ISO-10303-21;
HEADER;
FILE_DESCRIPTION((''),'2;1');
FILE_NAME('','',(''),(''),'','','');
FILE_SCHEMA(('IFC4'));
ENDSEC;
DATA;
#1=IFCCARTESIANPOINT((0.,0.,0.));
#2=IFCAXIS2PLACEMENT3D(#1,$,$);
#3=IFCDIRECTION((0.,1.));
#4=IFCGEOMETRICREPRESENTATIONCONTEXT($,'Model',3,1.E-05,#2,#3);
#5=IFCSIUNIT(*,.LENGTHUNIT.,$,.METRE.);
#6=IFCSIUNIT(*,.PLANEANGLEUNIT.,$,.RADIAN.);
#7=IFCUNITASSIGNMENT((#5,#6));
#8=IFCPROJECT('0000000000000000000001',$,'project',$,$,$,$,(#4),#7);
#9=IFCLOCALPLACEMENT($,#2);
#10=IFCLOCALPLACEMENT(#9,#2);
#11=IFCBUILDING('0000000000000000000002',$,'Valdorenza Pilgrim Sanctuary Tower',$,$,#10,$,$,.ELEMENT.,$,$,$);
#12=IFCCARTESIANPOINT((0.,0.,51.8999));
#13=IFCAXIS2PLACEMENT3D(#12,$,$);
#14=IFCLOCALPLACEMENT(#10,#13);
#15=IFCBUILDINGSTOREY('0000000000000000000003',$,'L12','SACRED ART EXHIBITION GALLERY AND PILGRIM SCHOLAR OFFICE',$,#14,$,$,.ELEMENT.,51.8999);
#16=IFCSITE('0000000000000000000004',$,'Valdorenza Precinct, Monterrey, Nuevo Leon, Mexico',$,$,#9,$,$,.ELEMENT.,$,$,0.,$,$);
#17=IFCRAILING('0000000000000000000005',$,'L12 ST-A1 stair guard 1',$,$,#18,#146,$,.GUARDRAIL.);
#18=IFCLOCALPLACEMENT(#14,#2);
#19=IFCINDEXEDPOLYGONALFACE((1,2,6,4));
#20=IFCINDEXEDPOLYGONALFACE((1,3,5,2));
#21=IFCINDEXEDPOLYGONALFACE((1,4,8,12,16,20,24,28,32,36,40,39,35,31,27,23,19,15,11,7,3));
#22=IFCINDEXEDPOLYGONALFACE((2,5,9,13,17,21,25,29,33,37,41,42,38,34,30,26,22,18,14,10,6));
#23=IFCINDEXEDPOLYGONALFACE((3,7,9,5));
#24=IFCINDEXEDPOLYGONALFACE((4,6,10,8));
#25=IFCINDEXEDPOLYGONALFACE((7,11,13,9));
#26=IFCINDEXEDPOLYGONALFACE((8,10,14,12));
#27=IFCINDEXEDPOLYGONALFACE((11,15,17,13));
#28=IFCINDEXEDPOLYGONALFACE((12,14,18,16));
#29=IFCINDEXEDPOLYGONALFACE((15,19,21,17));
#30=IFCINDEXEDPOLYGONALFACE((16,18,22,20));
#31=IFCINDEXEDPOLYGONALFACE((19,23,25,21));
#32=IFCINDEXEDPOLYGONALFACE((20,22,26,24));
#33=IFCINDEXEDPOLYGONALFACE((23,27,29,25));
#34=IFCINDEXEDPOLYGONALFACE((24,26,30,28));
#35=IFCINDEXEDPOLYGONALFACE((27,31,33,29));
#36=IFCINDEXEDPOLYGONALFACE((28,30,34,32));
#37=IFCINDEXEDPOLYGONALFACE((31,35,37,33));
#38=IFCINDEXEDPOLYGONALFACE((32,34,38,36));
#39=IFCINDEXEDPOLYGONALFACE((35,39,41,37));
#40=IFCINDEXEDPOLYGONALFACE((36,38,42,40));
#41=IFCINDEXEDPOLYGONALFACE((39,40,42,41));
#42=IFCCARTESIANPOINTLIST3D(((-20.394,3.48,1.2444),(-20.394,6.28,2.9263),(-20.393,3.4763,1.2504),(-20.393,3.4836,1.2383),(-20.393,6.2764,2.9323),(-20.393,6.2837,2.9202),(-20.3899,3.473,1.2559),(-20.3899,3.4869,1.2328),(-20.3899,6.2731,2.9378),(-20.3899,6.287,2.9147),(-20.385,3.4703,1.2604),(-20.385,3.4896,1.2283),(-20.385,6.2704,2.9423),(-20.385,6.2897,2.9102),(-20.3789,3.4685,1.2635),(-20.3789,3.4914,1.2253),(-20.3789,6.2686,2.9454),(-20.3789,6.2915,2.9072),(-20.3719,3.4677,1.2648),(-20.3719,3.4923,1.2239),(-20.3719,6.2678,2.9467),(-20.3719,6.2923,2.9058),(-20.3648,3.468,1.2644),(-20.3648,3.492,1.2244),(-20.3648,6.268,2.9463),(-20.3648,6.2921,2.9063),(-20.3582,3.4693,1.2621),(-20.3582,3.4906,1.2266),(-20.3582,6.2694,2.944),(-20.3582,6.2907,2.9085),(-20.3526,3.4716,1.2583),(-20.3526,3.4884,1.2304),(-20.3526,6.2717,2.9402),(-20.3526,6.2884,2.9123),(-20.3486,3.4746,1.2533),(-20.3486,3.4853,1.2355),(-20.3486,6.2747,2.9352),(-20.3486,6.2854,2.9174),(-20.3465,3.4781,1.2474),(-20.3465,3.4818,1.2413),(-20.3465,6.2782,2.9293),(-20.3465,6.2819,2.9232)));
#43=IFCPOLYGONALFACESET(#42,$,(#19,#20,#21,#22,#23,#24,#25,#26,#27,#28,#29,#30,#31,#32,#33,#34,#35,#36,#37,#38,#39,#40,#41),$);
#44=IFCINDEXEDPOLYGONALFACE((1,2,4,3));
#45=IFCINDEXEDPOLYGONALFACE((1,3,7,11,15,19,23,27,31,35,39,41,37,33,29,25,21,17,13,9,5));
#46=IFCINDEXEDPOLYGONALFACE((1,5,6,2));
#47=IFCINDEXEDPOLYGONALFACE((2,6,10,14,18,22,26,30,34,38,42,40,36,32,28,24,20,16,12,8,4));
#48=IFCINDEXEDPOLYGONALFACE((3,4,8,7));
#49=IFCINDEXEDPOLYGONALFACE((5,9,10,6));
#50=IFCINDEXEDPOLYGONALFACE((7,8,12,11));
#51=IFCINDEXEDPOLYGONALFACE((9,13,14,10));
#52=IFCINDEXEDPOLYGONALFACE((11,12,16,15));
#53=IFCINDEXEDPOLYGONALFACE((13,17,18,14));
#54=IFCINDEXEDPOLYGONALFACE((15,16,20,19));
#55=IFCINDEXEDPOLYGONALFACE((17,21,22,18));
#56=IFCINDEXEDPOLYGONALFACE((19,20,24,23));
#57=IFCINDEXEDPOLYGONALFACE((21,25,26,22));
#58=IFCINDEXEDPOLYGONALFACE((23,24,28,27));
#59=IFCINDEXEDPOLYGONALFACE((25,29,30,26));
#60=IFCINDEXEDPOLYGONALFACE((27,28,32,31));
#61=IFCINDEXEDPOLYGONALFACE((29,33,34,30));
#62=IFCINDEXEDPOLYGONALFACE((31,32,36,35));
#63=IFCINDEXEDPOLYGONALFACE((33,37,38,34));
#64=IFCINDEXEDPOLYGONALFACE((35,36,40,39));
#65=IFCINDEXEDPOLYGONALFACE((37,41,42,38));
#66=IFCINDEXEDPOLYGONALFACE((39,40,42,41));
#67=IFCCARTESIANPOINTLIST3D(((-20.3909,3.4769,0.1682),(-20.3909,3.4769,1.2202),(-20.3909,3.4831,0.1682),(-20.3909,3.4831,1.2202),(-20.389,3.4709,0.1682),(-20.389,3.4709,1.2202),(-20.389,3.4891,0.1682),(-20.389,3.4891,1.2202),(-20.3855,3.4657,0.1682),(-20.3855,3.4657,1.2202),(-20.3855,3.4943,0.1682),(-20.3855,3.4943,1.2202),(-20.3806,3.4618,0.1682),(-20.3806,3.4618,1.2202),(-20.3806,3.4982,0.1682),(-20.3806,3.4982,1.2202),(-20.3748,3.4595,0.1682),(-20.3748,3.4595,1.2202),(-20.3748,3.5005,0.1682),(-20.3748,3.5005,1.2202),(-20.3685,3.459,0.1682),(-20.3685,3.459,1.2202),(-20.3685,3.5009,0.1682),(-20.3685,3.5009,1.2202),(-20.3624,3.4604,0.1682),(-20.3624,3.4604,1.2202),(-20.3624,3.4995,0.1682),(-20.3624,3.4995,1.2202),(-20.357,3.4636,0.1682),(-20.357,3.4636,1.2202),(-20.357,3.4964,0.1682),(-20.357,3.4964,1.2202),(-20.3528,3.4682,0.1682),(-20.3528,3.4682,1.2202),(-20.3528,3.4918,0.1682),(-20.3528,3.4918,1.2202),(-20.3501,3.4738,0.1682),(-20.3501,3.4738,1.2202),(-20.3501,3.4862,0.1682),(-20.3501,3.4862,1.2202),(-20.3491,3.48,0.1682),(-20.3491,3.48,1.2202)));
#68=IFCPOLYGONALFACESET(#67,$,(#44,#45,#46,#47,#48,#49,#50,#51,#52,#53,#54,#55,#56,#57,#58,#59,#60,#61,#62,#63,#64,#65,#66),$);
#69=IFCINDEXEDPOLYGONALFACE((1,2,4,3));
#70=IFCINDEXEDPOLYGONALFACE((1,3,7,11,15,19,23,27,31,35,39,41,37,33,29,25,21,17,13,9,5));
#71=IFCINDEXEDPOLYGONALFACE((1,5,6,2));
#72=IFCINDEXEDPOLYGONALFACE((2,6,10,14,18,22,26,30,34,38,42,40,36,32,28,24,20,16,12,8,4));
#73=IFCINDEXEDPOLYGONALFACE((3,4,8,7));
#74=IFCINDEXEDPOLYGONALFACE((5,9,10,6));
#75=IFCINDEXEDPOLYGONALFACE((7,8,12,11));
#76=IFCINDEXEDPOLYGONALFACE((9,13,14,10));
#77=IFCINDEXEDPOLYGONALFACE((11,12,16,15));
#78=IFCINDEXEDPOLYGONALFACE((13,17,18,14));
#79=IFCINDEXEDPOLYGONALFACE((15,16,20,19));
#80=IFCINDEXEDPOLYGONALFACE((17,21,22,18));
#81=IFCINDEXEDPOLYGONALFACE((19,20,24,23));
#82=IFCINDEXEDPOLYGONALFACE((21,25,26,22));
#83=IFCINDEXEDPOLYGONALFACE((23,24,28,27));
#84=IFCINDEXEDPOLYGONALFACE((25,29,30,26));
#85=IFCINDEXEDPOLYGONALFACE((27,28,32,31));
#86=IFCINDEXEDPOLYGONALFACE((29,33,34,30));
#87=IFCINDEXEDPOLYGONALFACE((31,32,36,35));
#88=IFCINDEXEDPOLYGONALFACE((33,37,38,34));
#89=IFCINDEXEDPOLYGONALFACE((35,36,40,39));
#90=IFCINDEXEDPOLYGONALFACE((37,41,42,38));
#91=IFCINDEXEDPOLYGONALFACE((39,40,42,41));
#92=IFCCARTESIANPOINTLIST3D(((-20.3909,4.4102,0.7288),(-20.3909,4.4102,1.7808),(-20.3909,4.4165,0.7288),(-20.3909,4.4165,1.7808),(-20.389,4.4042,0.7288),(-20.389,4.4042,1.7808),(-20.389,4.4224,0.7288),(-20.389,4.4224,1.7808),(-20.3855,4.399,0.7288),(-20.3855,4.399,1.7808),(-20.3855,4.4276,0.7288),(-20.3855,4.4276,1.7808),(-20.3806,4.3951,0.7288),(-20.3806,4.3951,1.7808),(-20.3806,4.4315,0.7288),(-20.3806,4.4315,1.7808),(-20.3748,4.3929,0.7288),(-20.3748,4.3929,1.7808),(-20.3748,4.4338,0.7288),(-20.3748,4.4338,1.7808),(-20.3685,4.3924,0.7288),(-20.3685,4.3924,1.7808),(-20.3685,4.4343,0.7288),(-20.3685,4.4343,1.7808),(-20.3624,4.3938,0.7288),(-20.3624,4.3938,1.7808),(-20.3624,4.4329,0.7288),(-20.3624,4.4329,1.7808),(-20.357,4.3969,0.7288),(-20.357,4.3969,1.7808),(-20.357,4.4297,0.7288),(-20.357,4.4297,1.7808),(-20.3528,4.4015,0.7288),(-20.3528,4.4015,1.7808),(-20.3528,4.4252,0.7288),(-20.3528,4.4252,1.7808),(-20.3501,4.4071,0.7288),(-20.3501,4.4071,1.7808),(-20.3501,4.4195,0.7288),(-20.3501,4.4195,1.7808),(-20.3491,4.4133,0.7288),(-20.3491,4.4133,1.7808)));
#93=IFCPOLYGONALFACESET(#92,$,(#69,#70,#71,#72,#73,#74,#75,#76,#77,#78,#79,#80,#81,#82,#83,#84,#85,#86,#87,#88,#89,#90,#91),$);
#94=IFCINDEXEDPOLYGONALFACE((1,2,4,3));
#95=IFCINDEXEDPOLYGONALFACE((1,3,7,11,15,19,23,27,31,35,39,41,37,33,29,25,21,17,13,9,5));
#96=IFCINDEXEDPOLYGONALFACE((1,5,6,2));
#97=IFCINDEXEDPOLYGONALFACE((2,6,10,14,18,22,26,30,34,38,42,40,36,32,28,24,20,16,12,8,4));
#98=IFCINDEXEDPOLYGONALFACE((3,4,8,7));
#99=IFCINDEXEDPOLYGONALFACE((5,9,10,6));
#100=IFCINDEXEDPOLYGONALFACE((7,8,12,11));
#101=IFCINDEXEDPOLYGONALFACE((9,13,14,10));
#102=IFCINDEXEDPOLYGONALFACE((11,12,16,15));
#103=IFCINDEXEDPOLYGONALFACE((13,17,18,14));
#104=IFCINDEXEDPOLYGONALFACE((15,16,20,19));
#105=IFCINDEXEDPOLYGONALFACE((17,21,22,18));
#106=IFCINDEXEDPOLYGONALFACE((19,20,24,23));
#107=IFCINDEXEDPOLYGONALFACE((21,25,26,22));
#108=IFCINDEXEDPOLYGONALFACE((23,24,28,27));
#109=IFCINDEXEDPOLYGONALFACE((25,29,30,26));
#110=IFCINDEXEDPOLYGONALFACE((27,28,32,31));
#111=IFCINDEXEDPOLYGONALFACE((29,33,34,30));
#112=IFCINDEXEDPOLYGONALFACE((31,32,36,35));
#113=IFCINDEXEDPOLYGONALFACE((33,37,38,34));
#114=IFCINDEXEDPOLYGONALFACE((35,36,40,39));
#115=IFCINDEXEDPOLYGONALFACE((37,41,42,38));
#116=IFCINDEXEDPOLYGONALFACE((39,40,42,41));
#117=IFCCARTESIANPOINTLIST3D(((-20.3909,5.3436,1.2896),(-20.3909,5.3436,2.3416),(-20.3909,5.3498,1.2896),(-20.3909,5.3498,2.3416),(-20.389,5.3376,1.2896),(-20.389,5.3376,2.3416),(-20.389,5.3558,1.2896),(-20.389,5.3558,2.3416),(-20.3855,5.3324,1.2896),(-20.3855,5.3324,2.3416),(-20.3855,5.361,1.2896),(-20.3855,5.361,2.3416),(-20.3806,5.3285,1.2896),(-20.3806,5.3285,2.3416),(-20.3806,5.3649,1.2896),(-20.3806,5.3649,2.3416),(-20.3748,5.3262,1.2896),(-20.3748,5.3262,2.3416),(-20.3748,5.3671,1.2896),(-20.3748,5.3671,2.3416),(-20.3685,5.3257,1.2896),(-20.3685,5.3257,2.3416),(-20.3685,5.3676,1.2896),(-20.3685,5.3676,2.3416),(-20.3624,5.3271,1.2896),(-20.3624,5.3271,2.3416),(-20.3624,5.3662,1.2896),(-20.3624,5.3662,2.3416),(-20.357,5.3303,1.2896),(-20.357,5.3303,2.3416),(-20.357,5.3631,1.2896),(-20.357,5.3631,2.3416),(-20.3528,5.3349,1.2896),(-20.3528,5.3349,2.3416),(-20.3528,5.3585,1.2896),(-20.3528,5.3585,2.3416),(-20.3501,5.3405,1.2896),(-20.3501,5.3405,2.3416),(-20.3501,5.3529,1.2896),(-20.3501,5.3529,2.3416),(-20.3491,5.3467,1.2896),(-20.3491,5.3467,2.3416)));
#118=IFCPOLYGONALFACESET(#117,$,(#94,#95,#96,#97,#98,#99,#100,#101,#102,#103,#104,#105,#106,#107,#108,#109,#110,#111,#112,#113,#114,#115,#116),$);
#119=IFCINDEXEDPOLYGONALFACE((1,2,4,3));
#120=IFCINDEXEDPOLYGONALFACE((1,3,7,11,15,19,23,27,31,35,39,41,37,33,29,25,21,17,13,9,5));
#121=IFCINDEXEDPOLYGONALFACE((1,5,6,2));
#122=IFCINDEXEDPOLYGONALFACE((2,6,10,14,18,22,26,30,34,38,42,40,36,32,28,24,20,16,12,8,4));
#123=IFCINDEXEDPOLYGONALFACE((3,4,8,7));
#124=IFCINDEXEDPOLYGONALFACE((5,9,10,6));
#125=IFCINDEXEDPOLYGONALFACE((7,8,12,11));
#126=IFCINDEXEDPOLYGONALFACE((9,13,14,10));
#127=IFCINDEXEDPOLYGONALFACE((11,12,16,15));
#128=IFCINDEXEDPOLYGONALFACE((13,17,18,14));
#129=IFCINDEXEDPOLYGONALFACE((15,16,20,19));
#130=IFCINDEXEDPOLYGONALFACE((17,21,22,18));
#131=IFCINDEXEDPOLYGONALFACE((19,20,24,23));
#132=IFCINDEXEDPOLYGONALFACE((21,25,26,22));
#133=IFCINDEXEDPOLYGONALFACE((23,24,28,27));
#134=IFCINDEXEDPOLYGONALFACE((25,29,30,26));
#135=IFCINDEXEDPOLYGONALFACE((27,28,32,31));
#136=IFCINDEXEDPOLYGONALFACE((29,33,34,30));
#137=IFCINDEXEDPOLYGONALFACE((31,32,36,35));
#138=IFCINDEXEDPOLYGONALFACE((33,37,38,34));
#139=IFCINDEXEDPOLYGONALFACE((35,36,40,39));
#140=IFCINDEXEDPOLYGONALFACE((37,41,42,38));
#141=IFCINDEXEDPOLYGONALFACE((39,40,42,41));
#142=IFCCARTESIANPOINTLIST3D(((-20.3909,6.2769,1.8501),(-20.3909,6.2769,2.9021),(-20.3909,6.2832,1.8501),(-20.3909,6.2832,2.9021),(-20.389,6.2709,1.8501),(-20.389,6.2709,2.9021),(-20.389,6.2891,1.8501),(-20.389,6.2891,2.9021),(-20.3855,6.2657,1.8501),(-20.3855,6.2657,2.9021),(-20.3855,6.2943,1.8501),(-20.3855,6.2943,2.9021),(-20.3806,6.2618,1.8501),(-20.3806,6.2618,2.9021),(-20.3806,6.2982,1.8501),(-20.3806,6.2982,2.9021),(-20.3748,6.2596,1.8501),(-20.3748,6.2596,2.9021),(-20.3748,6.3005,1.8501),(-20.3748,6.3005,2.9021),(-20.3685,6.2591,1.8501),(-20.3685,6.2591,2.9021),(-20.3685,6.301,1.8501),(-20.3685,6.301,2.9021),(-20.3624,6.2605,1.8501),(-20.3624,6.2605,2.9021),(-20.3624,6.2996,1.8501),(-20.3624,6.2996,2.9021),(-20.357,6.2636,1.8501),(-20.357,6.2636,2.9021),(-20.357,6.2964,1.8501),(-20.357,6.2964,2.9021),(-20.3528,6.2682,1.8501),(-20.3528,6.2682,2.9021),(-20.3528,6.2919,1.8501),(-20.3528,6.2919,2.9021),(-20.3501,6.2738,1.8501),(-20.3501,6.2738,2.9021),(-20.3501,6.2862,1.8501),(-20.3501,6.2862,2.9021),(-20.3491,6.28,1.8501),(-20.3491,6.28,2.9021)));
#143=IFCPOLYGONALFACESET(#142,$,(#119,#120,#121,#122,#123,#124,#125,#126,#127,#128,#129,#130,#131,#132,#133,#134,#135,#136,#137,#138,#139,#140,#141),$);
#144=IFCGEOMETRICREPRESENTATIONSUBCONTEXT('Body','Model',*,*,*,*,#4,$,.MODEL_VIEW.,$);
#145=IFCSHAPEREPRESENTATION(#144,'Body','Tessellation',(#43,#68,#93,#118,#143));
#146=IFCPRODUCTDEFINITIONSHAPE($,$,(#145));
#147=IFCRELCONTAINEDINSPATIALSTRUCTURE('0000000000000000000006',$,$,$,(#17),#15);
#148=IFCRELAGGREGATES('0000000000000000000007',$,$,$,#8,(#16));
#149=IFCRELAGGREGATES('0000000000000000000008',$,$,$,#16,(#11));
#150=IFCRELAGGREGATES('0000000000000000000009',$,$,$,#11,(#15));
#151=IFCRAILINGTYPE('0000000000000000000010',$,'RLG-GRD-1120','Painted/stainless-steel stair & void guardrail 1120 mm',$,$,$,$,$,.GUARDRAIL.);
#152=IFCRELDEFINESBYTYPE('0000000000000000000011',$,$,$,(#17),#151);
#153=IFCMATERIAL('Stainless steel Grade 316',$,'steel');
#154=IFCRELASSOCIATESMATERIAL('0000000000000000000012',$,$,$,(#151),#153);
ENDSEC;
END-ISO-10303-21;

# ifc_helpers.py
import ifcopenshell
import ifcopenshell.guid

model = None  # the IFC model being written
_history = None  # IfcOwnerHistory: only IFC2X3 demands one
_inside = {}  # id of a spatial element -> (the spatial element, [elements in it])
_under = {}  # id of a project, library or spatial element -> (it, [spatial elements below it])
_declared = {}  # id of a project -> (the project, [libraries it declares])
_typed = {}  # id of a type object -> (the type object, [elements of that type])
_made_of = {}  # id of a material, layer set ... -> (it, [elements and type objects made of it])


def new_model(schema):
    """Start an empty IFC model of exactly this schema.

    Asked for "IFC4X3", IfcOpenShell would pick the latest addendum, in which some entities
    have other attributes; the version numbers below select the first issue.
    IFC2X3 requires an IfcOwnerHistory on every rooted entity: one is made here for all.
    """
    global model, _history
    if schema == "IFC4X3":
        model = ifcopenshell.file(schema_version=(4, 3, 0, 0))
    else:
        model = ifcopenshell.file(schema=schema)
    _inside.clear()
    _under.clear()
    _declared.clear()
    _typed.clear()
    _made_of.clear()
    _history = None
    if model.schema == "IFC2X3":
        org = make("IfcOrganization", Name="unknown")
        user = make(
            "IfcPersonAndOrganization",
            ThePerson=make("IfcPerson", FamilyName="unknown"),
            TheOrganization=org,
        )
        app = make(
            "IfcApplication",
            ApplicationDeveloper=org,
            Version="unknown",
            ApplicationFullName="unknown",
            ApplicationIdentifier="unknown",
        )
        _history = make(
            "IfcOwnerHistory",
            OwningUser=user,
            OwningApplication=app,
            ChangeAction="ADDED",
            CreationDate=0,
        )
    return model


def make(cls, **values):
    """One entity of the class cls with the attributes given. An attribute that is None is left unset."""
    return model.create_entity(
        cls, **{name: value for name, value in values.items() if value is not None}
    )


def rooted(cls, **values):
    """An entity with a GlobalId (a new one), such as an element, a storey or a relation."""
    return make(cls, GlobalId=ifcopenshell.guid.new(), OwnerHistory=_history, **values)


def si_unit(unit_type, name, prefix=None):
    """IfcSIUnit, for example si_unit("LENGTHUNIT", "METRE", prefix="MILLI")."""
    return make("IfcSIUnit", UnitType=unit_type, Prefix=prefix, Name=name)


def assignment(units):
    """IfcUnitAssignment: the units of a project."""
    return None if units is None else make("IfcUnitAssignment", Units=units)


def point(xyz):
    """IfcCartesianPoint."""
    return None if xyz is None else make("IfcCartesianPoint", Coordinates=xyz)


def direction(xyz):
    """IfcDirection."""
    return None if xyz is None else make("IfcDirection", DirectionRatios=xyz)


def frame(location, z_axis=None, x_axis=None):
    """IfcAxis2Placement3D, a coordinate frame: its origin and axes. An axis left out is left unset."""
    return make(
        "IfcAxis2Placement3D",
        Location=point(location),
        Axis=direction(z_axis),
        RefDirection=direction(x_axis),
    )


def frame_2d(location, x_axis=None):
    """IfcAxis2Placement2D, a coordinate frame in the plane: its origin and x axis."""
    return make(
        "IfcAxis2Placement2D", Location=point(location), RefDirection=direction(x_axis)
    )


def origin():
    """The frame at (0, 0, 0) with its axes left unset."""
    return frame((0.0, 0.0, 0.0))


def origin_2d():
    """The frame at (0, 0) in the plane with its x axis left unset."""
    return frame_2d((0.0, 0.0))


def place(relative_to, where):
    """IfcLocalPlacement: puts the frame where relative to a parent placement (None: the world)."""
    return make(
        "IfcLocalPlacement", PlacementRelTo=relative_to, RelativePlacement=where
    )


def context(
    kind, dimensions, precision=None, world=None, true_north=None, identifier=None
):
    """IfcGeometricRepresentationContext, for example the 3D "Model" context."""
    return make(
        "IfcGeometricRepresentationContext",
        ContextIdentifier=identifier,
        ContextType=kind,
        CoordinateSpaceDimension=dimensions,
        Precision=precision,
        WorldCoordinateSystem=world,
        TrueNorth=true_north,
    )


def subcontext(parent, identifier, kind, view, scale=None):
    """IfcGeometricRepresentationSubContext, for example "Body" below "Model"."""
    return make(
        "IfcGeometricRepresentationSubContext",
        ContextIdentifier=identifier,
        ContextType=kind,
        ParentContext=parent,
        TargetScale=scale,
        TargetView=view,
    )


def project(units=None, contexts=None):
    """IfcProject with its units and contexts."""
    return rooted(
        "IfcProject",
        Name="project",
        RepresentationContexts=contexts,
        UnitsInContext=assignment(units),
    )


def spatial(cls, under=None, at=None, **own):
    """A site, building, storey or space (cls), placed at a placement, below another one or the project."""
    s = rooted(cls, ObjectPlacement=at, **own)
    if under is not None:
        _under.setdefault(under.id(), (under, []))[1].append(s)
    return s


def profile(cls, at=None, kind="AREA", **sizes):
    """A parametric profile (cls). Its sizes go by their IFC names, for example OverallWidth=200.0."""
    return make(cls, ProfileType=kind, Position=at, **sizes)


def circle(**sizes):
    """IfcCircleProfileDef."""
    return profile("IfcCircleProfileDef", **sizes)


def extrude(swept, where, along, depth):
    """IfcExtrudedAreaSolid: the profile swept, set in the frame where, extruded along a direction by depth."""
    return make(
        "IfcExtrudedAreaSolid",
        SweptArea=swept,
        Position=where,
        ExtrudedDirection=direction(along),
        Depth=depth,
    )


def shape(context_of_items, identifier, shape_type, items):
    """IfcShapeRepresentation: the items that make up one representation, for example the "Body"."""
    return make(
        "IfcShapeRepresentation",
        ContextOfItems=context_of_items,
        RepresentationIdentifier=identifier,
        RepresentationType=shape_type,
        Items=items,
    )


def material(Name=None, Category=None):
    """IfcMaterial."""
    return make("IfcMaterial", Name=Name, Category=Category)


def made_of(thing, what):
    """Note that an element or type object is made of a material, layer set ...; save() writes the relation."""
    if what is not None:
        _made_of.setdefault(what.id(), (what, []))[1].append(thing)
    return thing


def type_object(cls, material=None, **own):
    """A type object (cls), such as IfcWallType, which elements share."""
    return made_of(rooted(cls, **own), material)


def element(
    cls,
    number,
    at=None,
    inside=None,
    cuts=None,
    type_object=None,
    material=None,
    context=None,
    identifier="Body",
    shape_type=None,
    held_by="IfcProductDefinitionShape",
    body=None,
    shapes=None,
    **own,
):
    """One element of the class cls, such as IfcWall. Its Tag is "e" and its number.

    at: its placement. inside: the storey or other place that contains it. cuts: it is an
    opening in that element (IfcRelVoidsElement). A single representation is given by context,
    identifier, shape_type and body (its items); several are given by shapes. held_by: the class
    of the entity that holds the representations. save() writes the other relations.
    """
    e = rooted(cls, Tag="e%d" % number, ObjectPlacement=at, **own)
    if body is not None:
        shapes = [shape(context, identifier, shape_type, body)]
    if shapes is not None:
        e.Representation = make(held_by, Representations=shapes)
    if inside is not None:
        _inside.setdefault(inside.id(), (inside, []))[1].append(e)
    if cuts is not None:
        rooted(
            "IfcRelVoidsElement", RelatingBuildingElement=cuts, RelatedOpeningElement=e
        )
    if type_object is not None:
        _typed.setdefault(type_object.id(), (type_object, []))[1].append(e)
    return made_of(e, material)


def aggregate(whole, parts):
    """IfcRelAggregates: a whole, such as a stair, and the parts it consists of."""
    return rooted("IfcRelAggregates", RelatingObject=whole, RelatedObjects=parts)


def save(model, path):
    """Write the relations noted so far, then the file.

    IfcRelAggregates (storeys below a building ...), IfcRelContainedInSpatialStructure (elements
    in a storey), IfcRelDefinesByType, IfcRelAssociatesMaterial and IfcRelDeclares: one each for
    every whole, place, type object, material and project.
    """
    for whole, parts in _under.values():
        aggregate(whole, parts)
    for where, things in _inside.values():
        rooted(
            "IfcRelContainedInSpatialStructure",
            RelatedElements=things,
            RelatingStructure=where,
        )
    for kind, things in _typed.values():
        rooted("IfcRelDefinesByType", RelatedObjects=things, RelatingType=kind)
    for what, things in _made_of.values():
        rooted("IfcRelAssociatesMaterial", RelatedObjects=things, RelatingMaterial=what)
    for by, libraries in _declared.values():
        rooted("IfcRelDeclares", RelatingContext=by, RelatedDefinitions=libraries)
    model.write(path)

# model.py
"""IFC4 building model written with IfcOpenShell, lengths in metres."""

from ifc_helpers import new_model, si_unit, direction, frame, origin, origin_2d, place, context, subcontext, project, spatial, circle, extrude, material, type_object, element, save


model = new_model("IFC4")

# Units and contexts
model_context = context("Model", 3, precision=1e-05, world=origin(), true_north=direction((0.0, 1.0)))
body_context = subcontext(model_context, "Body", "Model", "MODEL_VIEW")
ifc_project = project(units=[si_unit("LENGTHUNIT", "METRE"), si_unit("PLANEANGLEUNIT", "RADIAN")], contexts=[model_context])

# Site, building, storey
site_placement = place(None, origin())
site = spatial("IfcSite", under=ifc_project, at=site_placement, Name="Valdorenza Precinct, Monterrey, Nuevo Leon, Mexico", CompositionType="ELEMENT", RefElevation=0.0)
building_placement = place(site_placement, origin())
building = spatial("IfcBuilding", under=site, at=building_placement, Name="Valdorenza Pilgrim Sanctuary Tower", CompositionType="ELEMENT")
storey_placement = place(building_placement, frame((0.0, 0.0, 51.8999)))
storey = spatial("IfcBuildingStorey", under=building, at=storey_placement, Name="L12", Description="SACRED ART EXHIBITION GALLERY AND PILGRIM SCHOLAR OFFICE", CompositionType="ELEMENT", Elevation=51.8999)

# Railing
ifc_material_1 = material(Name="Stainless steel Grade 316", Category="steel")
railing_type_1 = type_object("IfcRailingType", Name="RLG-GRD-1120", Description="Painted/stainless-steel stair & void guardrail 1120 mm", PredefinedType="GUARDRAIL", material=ifc_material_1)
railing_1_placement = place(storey_placement, frame((-20.3701, 3.48, 0.1682)))
element("IfcRailing", 1, at=railing_1_placement, inside=storey, type_object=railing_type_1, Name="L12 ST-A1 stair guard 1", PredefinedType="GUARDRAIL", context=body_context, shape_type="SweptSolid", body=[
    extrude(circle(Radius=0.0239, at=origin_2d()), frame((0.0, 0.0, 1.0762), z_axis=(0.0, 0.857242, 0.514913), x_axis=(-1.0, 0.0, 0.0)), (0.0, 0.0, 1.0), 3.2664),
    extrude(circle(Radius=0.021, at=origin_2d()), origin(), (0.0, 0.0, 1.0), 1.052),
    extrude(circle(Radius=0.021, at=origin_2d()), frame((0.0, 0.9333, 0.5605)), (0.0, 0.0, 1.0), 1.052),
    extrude(circle(Radius=0.021, at=origin_2d()), frame((0.0, 1.8667, 1.1213)), (0.0, 0.0, 1.0), 1.052),
    extrude(circle(Radius=0.021, at=origin_2d()), frame((0.0, 2.8, 1.6819)), (0.0, 0.0, 1.0), 1.052),
])

save(model, "model.ifc")
